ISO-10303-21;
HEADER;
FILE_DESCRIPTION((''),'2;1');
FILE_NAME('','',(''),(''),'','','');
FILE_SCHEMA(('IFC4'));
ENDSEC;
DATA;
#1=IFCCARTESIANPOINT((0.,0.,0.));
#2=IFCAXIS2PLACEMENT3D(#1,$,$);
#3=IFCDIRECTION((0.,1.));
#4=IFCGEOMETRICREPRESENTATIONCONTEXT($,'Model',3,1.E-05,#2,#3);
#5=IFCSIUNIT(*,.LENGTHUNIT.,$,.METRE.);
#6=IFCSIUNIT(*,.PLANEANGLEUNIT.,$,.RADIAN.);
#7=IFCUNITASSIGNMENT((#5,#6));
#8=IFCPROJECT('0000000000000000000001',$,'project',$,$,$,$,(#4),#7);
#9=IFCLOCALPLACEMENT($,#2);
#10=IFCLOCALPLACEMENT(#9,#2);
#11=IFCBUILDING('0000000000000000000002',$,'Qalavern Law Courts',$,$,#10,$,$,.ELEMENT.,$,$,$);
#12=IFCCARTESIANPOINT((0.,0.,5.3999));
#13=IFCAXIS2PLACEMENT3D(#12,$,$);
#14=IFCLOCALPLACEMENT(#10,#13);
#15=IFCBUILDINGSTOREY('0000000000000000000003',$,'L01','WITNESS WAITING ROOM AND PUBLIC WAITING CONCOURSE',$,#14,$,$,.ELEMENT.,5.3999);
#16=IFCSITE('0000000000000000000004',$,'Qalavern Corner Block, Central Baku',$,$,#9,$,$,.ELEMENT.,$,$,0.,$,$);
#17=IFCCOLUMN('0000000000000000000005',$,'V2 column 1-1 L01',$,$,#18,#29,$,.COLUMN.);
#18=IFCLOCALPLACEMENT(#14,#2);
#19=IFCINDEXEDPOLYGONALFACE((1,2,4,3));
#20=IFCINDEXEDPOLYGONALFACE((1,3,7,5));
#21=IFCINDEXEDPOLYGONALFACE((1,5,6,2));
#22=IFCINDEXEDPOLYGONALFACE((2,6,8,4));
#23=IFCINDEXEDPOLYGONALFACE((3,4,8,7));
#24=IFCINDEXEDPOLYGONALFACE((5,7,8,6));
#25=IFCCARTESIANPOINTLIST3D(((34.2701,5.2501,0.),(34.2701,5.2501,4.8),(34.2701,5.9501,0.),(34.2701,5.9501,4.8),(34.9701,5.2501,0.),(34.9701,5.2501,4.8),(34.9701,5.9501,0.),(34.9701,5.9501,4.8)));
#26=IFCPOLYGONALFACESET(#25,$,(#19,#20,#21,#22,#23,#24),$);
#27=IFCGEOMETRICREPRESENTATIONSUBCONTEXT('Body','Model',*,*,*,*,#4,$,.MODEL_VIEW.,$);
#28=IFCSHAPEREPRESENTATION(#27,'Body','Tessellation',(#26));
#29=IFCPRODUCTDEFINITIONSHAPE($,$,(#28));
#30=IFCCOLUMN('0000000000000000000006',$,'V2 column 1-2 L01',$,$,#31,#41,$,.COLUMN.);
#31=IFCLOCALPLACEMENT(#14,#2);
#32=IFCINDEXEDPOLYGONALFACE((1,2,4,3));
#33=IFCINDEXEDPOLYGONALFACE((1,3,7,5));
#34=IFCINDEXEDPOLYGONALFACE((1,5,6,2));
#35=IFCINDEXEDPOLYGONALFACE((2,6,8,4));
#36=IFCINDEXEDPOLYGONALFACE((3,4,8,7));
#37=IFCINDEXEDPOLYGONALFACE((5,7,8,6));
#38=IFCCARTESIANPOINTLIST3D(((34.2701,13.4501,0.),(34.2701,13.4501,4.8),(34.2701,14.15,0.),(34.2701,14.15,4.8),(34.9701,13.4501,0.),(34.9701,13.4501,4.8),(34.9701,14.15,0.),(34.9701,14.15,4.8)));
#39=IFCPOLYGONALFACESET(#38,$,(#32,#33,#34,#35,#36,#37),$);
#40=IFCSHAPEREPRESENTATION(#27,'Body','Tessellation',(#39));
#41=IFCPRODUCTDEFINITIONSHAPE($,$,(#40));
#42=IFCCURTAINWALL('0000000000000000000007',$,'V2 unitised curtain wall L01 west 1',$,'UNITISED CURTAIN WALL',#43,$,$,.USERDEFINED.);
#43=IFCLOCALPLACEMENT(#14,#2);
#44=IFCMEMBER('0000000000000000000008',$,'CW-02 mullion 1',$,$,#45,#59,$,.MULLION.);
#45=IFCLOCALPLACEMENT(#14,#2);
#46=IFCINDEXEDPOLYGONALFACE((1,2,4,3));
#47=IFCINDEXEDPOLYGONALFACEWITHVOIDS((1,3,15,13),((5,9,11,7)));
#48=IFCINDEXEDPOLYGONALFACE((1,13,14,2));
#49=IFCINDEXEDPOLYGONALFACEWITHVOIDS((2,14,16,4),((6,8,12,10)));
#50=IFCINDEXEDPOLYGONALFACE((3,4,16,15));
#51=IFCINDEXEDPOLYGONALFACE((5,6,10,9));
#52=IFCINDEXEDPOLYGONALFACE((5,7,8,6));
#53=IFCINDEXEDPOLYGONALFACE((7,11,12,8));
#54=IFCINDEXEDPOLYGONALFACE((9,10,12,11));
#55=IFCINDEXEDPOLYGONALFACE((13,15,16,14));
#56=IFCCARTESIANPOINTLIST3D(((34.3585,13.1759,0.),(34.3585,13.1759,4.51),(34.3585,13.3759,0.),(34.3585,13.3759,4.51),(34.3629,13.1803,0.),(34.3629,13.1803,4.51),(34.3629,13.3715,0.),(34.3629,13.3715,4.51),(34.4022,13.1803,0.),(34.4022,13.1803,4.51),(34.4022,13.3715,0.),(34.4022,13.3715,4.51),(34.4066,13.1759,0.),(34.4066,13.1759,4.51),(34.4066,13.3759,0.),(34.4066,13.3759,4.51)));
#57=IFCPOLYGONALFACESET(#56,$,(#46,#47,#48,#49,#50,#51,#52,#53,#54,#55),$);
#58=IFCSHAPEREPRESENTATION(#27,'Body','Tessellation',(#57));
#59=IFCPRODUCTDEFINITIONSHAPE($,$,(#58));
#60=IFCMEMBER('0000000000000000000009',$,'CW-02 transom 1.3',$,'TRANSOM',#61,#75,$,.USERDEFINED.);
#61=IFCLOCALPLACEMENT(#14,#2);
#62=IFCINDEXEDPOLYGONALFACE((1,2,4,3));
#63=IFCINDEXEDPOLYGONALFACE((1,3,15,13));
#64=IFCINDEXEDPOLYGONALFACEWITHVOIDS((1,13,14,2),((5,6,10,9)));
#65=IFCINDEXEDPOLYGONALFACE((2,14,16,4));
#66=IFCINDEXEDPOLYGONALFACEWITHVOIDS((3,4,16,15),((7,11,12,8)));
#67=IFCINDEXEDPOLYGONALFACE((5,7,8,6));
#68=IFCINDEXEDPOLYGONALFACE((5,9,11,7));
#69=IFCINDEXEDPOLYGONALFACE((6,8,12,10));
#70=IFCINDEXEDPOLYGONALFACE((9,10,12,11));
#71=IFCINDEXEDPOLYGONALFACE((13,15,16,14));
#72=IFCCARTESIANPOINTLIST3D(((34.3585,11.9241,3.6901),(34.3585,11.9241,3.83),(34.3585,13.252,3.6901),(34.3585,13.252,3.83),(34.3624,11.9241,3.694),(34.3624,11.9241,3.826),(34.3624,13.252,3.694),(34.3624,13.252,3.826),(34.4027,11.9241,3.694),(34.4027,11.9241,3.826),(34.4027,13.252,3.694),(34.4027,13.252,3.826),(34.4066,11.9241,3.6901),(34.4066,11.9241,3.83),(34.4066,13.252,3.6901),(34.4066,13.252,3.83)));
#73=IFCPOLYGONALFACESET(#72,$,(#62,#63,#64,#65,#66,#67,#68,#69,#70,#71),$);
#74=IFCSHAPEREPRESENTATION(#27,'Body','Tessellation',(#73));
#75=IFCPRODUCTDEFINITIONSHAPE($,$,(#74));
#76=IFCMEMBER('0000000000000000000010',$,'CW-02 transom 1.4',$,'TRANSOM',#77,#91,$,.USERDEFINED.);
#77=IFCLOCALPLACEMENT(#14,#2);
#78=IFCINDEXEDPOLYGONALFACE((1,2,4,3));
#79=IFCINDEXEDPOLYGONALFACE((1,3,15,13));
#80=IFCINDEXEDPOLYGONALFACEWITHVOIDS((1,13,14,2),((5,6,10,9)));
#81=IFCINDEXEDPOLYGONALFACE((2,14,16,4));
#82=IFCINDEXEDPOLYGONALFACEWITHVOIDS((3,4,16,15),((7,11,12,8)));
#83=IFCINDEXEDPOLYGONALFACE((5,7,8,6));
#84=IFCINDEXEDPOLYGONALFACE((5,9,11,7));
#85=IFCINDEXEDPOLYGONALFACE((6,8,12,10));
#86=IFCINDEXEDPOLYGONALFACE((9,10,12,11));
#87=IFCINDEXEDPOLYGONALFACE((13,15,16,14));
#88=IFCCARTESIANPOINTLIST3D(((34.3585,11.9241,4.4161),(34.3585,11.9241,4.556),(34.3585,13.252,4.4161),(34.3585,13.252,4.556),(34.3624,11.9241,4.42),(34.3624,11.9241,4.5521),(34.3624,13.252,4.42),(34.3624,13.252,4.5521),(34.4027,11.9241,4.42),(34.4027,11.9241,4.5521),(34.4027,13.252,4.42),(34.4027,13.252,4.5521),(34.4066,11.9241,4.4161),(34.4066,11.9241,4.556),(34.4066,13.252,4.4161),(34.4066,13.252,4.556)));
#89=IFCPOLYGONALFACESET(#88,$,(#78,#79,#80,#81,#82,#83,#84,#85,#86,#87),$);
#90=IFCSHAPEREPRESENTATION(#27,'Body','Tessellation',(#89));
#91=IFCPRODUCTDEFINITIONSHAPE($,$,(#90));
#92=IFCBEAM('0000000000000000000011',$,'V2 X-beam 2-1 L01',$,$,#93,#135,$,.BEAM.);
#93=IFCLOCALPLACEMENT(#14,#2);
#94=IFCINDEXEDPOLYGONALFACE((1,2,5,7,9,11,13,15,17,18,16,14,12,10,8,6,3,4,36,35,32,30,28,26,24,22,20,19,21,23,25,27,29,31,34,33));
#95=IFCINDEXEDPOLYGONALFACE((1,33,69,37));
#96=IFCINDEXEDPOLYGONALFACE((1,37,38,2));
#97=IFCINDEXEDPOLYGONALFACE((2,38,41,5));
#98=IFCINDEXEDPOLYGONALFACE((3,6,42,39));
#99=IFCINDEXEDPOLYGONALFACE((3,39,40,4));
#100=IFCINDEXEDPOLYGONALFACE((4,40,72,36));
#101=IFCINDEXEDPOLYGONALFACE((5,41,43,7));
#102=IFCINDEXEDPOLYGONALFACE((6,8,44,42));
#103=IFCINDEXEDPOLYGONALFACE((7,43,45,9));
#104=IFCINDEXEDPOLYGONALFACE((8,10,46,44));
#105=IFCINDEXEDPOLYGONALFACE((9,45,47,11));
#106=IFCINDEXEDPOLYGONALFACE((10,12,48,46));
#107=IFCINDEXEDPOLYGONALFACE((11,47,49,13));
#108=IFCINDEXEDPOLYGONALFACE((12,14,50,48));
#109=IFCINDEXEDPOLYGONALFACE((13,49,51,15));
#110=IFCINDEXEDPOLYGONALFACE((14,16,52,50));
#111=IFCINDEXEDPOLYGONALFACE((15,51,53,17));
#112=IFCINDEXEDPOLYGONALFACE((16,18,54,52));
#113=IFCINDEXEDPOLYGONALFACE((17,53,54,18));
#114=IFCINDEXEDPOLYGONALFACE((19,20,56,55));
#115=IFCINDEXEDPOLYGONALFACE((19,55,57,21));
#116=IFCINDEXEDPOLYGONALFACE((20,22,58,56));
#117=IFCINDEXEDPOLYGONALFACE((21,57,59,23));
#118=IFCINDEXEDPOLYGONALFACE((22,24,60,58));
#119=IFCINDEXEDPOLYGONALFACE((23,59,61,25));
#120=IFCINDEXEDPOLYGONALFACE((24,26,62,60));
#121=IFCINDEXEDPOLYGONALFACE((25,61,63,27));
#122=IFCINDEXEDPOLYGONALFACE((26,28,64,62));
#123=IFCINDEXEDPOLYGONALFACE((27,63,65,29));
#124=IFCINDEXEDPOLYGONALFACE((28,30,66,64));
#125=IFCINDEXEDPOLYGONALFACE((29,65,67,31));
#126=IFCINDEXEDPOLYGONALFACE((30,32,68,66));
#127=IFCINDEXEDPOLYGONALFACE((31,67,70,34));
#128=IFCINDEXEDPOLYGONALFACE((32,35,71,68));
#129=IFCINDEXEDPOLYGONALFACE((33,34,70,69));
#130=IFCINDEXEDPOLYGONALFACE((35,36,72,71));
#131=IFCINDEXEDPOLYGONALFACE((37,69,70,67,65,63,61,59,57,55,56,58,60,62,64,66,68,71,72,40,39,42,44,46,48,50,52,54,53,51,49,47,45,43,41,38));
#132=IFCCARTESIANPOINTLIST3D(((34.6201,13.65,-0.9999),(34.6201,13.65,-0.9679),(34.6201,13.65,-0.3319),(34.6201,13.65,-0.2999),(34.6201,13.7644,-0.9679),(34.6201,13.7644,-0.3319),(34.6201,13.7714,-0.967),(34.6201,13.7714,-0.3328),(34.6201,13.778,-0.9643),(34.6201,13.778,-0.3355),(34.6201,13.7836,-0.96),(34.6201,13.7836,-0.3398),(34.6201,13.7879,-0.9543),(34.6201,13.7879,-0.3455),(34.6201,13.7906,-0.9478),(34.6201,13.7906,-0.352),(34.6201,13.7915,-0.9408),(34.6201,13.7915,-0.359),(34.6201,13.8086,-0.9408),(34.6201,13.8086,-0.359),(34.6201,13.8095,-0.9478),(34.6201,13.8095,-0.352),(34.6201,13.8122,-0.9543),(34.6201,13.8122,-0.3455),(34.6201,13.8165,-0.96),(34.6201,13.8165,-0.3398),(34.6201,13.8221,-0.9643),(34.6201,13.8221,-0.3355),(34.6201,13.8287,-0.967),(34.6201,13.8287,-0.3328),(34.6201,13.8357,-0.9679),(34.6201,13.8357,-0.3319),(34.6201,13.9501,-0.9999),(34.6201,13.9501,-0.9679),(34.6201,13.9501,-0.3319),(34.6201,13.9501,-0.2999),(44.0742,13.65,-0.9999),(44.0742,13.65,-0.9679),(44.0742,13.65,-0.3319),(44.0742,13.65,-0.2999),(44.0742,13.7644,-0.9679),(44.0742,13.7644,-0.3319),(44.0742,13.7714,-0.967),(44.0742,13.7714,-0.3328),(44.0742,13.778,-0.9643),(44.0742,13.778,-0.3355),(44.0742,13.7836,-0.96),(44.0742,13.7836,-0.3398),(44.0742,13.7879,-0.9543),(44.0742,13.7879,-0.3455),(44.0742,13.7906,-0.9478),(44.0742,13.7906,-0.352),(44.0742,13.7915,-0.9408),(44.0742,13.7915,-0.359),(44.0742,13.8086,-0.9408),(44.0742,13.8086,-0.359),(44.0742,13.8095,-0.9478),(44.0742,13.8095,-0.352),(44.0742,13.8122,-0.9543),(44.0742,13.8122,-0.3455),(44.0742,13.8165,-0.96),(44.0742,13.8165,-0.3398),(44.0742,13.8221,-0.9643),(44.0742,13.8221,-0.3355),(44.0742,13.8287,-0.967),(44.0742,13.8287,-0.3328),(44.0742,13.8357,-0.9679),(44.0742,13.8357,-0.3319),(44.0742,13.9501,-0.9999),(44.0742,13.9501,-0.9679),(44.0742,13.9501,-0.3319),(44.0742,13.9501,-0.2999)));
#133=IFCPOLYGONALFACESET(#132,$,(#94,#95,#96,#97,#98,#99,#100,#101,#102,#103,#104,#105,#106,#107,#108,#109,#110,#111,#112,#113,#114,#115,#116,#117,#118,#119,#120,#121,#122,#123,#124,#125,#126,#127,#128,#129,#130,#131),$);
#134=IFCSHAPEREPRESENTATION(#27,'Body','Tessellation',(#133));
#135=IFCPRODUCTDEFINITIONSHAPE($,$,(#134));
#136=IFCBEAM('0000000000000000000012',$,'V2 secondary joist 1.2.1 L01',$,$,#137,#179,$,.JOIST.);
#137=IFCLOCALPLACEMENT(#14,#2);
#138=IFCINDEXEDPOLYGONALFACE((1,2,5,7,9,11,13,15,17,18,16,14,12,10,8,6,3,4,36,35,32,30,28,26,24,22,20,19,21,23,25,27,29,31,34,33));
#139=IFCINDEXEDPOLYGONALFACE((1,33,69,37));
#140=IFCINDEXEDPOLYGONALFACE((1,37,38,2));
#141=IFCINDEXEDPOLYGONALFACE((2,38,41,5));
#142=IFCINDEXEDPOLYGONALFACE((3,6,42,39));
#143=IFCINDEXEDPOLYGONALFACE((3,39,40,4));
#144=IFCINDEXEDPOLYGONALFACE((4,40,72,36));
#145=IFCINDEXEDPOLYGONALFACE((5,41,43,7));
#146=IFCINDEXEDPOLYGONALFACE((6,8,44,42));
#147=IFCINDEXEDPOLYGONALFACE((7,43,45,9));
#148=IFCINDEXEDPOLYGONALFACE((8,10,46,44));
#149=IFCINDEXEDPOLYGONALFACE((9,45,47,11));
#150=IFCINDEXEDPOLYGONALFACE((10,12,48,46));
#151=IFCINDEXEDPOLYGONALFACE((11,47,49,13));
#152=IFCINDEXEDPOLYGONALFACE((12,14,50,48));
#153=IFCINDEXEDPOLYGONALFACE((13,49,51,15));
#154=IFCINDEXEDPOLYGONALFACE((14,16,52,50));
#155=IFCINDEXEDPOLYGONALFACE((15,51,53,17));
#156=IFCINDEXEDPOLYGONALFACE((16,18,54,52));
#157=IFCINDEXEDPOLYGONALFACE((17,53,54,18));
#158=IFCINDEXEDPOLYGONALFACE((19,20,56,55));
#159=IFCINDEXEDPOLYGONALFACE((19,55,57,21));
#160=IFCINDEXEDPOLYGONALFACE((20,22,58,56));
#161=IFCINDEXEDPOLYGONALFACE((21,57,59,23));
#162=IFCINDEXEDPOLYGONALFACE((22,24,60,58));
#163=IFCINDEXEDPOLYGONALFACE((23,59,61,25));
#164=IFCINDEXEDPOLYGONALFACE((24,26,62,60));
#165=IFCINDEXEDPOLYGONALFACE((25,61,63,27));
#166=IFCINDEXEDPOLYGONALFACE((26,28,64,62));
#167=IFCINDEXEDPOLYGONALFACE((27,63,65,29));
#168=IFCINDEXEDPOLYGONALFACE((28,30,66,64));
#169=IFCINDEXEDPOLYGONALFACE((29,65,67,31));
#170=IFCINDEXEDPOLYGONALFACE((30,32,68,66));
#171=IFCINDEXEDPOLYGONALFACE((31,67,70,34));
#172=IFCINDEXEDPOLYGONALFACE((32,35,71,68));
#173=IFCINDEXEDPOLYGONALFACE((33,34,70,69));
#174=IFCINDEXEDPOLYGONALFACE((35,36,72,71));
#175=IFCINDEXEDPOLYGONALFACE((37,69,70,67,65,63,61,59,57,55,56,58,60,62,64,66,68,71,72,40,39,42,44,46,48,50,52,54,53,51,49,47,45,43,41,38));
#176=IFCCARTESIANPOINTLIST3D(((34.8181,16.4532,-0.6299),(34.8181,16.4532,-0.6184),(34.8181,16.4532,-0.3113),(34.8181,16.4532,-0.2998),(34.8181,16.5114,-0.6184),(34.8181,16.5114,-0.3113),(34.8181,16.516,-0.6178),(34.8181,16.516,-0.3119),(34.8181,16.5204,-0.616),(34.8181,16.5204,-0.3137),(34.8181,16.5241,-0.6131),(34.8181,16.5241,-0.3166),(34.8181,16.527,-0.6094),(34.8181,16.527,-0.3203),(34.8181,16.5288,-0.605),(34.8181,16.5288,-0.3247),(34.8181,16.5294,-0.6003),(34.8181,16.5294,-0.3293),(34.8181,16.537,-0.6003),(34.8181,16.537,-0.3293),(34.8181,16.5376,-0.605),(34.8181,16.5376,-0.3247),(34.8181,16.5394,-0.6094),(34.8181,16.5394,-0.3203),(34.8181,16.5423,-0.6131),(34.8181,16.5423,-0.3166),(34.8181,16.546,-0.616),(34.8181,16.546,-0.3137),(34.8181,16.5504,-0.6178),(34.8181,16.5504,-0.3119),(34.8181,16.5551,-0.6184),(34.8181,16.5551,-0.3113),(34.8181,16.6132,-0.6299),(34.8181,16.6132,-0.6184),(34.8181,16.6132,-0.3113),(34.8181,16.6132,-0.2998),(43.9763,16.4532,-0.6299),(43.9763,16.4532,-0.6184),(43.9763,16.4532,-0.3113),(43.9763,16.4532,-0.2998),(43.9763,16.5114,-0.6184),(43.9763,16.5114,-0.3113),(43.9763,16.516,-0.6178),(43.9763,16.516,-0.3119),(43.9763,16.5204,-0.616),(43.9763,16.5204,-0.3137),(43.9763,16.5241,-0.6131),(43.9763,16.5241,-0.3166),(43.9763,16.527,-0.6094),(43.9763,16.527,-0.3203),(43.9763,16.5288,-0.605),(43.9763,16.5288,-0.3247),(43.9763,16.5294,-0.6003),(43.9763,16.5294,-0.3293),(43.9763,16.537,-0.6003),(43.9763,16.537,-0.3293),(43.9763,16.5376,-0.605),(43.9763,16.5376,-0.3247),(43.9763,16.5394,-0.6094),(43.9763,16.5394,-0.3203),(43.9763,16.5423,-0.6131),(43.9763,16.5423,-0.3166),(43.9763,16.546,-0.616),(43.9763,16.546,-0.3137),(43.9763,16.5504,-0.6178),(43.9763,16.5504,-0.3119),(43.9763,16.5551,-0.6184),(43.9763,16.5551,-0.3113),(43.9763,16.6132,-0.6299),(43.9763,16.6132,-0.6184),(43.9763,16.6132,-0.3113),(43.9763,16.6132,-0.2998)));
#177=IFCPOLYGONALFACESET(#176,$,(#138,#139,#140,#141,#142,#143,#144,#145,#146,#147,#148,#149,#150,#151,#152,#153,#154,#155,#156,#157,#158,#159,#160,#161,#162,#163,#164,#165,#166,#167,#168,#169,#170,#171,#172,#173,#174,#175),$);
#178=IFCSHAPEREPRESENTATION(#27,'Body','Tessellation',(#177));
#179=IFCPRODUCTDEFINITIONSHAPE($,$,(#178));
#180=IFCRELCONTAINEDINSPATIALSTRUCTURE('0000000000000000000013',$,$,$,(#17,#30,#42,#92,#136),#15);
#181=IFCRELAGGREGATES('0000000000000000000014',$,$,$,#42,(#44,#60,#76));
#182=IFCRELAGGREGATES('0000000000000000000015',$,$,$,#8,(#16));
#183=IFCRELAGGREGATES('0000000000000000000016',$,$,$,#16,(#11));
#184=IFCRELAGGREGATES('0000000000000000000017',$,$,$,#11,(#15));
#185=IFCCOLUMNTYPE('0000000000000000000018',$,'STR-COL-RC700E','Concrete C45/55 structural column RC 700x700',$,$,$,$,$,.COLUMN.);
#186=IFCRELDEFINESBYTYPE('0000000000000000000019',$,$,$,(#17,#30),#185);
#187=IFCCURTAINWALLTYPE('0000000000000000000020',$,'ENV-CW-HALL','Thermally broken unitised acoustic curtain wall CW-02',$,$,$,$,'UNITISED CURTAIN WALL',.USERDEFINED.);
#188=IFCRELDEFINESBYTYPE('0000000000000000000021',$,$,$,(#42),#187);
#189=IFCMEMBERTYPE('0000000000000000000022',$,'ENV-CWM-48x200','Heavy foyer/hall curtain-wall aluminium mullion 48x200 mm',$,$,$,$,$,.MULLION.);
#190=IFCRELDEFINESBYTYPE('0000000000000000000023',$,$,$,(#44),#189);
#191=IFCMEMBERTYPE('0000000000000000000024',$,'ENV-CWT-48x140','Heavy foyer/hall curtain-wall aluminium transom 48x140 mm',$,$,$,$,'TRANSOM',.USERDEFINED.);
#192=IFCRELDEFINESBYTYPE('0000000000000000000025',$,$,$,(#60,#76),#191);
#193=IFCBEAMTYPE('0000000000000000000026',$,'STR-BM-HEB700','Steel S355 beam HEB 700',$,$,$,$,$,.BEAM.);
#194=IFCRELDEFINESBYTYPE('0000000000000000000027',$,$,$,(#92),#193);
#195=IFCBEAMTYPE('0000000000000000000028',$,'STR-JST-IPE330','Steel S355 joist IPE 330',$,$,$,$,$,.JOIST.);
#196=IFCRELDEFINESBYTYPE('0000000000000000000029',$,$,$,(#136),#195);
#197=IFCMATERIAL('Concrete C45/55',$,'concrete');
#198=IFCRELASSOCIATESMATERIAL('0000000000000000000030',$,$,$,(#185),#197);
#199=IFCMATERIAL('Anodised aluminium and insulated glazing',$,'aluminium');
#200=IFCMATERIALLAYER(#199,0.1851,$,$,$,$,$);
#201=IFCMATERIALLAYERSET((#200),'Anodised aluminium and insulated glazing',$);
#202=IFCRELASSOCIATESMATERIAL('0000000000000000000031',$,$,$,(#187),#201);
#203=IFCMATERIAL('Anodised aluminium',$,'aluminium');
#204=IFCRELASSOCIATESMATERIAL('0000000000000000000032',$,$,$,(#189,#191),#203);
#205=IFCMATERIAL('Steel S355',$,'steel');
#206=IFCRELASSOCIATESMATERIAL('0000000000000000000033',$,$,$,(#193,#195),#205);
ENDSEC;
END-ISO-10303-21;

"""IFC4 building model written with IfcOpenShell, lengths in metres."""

from ifc_helpers import new_model, si_unit, direction, frame, origin, origin_2d, place, context, subcontext, project, spatial, rectangle, hollow_rectangle, i_section, extrude, material, layer, layer_set, material_profile, profile_set, type_object, element, aggregate, save


model = new_model("IFC4")

# Units and contexts
model_context = context("Model", 3, precision=1e-05, world=origin(), true_north=direction((0.0, 1.0)))
body_context = subcontext(model_context, "Body", "Model", "MODEL_VIEW")
ifc_project = project(units=[si_unit("LENGTHUNIT", "METRE"), si_unit("PLANEANGLEUNIT", "RADIAN")], contexts=[model_context])

# Site, building, storey
site_placement = place(None, origin())
site = spatial("IfcSite", under=ifc_project, at=site_placement, Name="Qalavern Corner Block, Central Baku", CompositionType="ELEMENT", RefElevation=0.0)
building_placement = place(site_placement, origin())
building = spatial("IfcBuilding", under=site, at=building_placement, Name="Qalavern Law Courts", CompositionType="ELEMENT")
storey_placement = place(building_placement, frame((0.0, 0.0, 5.3999)))
storey = spatial("IfcBuildingStorey", under=building, at=storey_placement, Name="L01", Description="WITNESS WAITING ROOM AND PUBLIC WAITING CONCOURSE", CompositionType="ELEMENT", Elevation=5.3999)

# Columns
ifc_material_1 = material(Name="Concrete C45/55", Category="concrete")
ifc_material_profile_1 = material_profile(ifc_material_1, rectangle(XDim=0.7, YDim=0.7, at=origin_2d()), Name="RC 700x700")
ifc_profile_set_1 = profile_set([ifc_material_profile_1], Name="Concrete C45/55")
column_type = type_object("IfcColumnType", Name="STR-COL-RC700E", Description="Concrete C45/55 structural column RC 700x700", PredefinedType="COLUMN", material=ifc_profile_set_1)
for number, where, z_axis, x_axis, name in (
    (1, (34.6201, 5.6001, 0.0), (0.0, 0.0, 1.0), (1.0, 0.0, 0.0), "V2 column 1-1 L01"),
    (2, (34.6201, 13.8, 0.0), (0.0, 0.0, 1.0), (1.0, 0.0, 0.0), "V2 column 1-2 L01"),
):
    element("IfcColumn", number, at=place(storey_placement, frame(where, z_axis=z_axis, x_axis=x_axis)), inside=storey, type_object=column_type, Name=name, PredefinedType="COLUMN", context=body_context, shape_type="SweptSolid", body=[
        extrude(rectangle(XDim=0.7, YDim=0.7, at=origin_2d()), origin(), (0.0, 0.0, 1.0), 4.8),
    ])

# Curtain wall, members
ifc_material_2 = material(Name="Anodised aluminium and insulated glazing", Category="aluminium")
ifc_layer_1 = layer(ifc_material_2, 0.1851)
ifc_layer_set_1 = layer_set([ifc_layer_1], Name="Anodised aluminium and insulated glazing")
curtain_wall_type = type_object("IfcCurtainWallType", Name="ENV-CW-HALL", Description="Thermally broken unitised acoustic curtain wall CW-02", ElementType="UNITISED CURTAIN WALL", PredefinedType="USERDEFINED", material=ifc_layer_set_1)
curtain_wall_placement = place(storey_placement, origin())
curtain_wall = element("IfcCurtainWall", 3, at=curtain_wall_placement, inside=storey, type_object=curtain_wall_type, Name="V2 unitised curtain wall L01 west 1", ObjectType="UNITISED CURTAIN WALL", PredefinedType="USERDEFINED")
ifc_material_3 = material(Name="Anodised aluminium", Category="aluminium")
ifc_material_profile_2 = material_profile(ifc_material_3, hollow_rectangle(XDim=0.0481, YDim=0.2, WallThickness=0.0044, at=origin_2d()), Name="ALU MULLION 48x200")
ifc_profile_set_2 = profile_set([ifc_material_profile_2], Name="Anodised aluminium")
member_type_1 = type_object("IfcMemberType", Name="ENV-CWM-48x200", Description="Heavy foyer/hall curtain-wall aluminium mullion 48x200 mm", PredefinedType="MULLION", material=ifc_profile_set_2)
member_1_placement = place(storey_placement, frame((34.3826, 13.2759, 0.0), z_axis=(0.0, 0.0, 1.0), x_axis=(1.0, 0.0, 0.0)))
member_1 = element("IfcMember", 4, at=member_1_placement, type_object=member_type_1, Name="CW-02 mullion 1", PredefinedType="MULLION", context=body_context, shape_type="SweptSolid", body=[
    extrude(hollow_rectangle(XDim=0.0481, YDim=0.2, WallThickness=0.0044, at=origin_2d()), origin(), (0.0, 0.0, 1.0), 4.51),
])
ifc_material_profile_3 = material_profile(ifc_material_3, hollow_rectangle(XDim=0.0481, YDim=0.1399, WallThickness=0.0039, at=origin_2d()), Name="ALU TRANSOM 48x140")
ifc_profile_set_3 = profile_set([ifc_material_profile_3], Name="Anodised aluminium")
member_type_2 = type_object("IfcMemberType", Name="ENV-CWT-48x140", Description="Heavy foyer/hall curtain-wall aluminium transom 48x140 mm", ElementType="TRANSOM", PredefinedType="USERDEFINED", material=ifc_profile_set_3)
member_2_placement = place(storey_placement, frame((34.3826, 13.252, 3.76), z_axis=(0.0, -1.0, 0.0), x_axis=(1.0, 0.0, 0.0)))
member_2 = element("IfcMember", 5, at=member_2_placement, type_object=member_type_2, Name="CW-02 transom 1.3", ObjectType="TRANSOM", PredefinedType="USERDEFINED", context=body_context, shape_type="SweptSolid", body=[
    extrude(hollow_rectangle(XDim=0.0481, YDim=0.1399, WallThickness=0.0039, at=origin_2d()), origin(), (0.0, 0.0, 1.0), 1.3279),
])
member_3_placement = place(storey_placement, frame((34.3826, 13.252, 4.4861), z_axis=(0.0, -1.0, 0.0), x_axis=(1.0, 0.0, 0.0)))
member_3 = element("IfcMember", 6, at=member_3_placement, type_object=member_type_2, Name="CW-02 transom 1.4", ObjectType="TRANSOM", PredefinedType="USERDEFINED", context=body_context, shape_type="SweptSolid", body=[
    extrude(hollow_rectangle(XDim=0.0481, YDim=0.1399, WallThickness=0.0039, at=origin_2d()), origin(), (0.0, 0.0, 1.0), 1.3279),
])
aggregate(curtain_wall, [member_1, member_2, member_3])

# Beams
ifc_material_4 = material(Name="Steel S355", Category="steel")
ifc_material_profile_4 = material_profile(ifc_material_4, i_section(OverallWidth=0.3, OverallDepth=0.7, WebThickness=0.0171, FlangeThickness=0.032, FilletRadius=0.0271, at=origin_2d()), Name="HEB 700")
ifc_profile_set_4 = profile_set([ifc_material_profile_4], Name="Steel S355")
beam_type_1 = type_object("IfcBeamType", Name="STR-BM-HEB700", Description="Steel S355 beam HEB 700", PredefinedType="BEAM", material=ifc_profile_set_4)
beam_1_placement = place(storey_placement, frame((34.6201, 13.8, -0.6499), z_axis=(1.0, 0.0, 0.0), x_axis=(0.0, 1.0, 0.0)))
element("IfcBeam", 7, at=beam_1_placement, inside=storey, type_object=beam_type_1, Name="V2 X-beam 2-1 L01", PredefinedType="BEAM", context=body_context, shape_type="SweptSolid", body=[
    extrude(i_section(OverallWidth=0.3, OverallDepth=0.7, WebThickness=0.0171, FlangeThickness=0.032, FilletRadius=0.0271, at=origin_2d()), origin(), (0.0, 0.0, 1.0), 9.4541),
])
ifc_material_profile_5 = material_profile(ifc_material_4, i_section(OverallWidth=0.1599, OverallDepth=0.3301, WebThickness=0.0076, FlangeThickness=0.0115, FilletRadius=0.0181, at=origin_2d()), Name="IPE 330")
ifc_profile_set_5 = profile_set([ifc_material_profile_5], Name="Steel S355")
beam_type_2 = type_object("IfcBeamType", Name="STR-JST-IPE330", Description="Steel S355 joist IPE 330", PredefinedType="JOIST", material=ifc_profile_set_5)
beam_2_placement = place(storey_placement, frame((34.8181, 16.5332, -0.4648), z_axis=(1.0, 0.0, 0.0), x_axis=(0.0, 1.0, 0.0)))
element("IfcBeam", 8, at=beam_2_placement, inside=storey, type_object=beam_type_2, Name="V2 secondary joist 1.2.1 L01", PredefinedType="JOIST", context=body_context, shape_type="SweptSolid", body=[
    extrude(i_section(OverallWidth=0.1599, OverallDepth=0.3301, WebThickness=0.0076, FlangeThickness=0.0115, FilletRadius=0.0181, at=origin_2d()), origin(), (0.0, 0.0, 1.0), 9.1582),
])

save(model, "model.ifc")
